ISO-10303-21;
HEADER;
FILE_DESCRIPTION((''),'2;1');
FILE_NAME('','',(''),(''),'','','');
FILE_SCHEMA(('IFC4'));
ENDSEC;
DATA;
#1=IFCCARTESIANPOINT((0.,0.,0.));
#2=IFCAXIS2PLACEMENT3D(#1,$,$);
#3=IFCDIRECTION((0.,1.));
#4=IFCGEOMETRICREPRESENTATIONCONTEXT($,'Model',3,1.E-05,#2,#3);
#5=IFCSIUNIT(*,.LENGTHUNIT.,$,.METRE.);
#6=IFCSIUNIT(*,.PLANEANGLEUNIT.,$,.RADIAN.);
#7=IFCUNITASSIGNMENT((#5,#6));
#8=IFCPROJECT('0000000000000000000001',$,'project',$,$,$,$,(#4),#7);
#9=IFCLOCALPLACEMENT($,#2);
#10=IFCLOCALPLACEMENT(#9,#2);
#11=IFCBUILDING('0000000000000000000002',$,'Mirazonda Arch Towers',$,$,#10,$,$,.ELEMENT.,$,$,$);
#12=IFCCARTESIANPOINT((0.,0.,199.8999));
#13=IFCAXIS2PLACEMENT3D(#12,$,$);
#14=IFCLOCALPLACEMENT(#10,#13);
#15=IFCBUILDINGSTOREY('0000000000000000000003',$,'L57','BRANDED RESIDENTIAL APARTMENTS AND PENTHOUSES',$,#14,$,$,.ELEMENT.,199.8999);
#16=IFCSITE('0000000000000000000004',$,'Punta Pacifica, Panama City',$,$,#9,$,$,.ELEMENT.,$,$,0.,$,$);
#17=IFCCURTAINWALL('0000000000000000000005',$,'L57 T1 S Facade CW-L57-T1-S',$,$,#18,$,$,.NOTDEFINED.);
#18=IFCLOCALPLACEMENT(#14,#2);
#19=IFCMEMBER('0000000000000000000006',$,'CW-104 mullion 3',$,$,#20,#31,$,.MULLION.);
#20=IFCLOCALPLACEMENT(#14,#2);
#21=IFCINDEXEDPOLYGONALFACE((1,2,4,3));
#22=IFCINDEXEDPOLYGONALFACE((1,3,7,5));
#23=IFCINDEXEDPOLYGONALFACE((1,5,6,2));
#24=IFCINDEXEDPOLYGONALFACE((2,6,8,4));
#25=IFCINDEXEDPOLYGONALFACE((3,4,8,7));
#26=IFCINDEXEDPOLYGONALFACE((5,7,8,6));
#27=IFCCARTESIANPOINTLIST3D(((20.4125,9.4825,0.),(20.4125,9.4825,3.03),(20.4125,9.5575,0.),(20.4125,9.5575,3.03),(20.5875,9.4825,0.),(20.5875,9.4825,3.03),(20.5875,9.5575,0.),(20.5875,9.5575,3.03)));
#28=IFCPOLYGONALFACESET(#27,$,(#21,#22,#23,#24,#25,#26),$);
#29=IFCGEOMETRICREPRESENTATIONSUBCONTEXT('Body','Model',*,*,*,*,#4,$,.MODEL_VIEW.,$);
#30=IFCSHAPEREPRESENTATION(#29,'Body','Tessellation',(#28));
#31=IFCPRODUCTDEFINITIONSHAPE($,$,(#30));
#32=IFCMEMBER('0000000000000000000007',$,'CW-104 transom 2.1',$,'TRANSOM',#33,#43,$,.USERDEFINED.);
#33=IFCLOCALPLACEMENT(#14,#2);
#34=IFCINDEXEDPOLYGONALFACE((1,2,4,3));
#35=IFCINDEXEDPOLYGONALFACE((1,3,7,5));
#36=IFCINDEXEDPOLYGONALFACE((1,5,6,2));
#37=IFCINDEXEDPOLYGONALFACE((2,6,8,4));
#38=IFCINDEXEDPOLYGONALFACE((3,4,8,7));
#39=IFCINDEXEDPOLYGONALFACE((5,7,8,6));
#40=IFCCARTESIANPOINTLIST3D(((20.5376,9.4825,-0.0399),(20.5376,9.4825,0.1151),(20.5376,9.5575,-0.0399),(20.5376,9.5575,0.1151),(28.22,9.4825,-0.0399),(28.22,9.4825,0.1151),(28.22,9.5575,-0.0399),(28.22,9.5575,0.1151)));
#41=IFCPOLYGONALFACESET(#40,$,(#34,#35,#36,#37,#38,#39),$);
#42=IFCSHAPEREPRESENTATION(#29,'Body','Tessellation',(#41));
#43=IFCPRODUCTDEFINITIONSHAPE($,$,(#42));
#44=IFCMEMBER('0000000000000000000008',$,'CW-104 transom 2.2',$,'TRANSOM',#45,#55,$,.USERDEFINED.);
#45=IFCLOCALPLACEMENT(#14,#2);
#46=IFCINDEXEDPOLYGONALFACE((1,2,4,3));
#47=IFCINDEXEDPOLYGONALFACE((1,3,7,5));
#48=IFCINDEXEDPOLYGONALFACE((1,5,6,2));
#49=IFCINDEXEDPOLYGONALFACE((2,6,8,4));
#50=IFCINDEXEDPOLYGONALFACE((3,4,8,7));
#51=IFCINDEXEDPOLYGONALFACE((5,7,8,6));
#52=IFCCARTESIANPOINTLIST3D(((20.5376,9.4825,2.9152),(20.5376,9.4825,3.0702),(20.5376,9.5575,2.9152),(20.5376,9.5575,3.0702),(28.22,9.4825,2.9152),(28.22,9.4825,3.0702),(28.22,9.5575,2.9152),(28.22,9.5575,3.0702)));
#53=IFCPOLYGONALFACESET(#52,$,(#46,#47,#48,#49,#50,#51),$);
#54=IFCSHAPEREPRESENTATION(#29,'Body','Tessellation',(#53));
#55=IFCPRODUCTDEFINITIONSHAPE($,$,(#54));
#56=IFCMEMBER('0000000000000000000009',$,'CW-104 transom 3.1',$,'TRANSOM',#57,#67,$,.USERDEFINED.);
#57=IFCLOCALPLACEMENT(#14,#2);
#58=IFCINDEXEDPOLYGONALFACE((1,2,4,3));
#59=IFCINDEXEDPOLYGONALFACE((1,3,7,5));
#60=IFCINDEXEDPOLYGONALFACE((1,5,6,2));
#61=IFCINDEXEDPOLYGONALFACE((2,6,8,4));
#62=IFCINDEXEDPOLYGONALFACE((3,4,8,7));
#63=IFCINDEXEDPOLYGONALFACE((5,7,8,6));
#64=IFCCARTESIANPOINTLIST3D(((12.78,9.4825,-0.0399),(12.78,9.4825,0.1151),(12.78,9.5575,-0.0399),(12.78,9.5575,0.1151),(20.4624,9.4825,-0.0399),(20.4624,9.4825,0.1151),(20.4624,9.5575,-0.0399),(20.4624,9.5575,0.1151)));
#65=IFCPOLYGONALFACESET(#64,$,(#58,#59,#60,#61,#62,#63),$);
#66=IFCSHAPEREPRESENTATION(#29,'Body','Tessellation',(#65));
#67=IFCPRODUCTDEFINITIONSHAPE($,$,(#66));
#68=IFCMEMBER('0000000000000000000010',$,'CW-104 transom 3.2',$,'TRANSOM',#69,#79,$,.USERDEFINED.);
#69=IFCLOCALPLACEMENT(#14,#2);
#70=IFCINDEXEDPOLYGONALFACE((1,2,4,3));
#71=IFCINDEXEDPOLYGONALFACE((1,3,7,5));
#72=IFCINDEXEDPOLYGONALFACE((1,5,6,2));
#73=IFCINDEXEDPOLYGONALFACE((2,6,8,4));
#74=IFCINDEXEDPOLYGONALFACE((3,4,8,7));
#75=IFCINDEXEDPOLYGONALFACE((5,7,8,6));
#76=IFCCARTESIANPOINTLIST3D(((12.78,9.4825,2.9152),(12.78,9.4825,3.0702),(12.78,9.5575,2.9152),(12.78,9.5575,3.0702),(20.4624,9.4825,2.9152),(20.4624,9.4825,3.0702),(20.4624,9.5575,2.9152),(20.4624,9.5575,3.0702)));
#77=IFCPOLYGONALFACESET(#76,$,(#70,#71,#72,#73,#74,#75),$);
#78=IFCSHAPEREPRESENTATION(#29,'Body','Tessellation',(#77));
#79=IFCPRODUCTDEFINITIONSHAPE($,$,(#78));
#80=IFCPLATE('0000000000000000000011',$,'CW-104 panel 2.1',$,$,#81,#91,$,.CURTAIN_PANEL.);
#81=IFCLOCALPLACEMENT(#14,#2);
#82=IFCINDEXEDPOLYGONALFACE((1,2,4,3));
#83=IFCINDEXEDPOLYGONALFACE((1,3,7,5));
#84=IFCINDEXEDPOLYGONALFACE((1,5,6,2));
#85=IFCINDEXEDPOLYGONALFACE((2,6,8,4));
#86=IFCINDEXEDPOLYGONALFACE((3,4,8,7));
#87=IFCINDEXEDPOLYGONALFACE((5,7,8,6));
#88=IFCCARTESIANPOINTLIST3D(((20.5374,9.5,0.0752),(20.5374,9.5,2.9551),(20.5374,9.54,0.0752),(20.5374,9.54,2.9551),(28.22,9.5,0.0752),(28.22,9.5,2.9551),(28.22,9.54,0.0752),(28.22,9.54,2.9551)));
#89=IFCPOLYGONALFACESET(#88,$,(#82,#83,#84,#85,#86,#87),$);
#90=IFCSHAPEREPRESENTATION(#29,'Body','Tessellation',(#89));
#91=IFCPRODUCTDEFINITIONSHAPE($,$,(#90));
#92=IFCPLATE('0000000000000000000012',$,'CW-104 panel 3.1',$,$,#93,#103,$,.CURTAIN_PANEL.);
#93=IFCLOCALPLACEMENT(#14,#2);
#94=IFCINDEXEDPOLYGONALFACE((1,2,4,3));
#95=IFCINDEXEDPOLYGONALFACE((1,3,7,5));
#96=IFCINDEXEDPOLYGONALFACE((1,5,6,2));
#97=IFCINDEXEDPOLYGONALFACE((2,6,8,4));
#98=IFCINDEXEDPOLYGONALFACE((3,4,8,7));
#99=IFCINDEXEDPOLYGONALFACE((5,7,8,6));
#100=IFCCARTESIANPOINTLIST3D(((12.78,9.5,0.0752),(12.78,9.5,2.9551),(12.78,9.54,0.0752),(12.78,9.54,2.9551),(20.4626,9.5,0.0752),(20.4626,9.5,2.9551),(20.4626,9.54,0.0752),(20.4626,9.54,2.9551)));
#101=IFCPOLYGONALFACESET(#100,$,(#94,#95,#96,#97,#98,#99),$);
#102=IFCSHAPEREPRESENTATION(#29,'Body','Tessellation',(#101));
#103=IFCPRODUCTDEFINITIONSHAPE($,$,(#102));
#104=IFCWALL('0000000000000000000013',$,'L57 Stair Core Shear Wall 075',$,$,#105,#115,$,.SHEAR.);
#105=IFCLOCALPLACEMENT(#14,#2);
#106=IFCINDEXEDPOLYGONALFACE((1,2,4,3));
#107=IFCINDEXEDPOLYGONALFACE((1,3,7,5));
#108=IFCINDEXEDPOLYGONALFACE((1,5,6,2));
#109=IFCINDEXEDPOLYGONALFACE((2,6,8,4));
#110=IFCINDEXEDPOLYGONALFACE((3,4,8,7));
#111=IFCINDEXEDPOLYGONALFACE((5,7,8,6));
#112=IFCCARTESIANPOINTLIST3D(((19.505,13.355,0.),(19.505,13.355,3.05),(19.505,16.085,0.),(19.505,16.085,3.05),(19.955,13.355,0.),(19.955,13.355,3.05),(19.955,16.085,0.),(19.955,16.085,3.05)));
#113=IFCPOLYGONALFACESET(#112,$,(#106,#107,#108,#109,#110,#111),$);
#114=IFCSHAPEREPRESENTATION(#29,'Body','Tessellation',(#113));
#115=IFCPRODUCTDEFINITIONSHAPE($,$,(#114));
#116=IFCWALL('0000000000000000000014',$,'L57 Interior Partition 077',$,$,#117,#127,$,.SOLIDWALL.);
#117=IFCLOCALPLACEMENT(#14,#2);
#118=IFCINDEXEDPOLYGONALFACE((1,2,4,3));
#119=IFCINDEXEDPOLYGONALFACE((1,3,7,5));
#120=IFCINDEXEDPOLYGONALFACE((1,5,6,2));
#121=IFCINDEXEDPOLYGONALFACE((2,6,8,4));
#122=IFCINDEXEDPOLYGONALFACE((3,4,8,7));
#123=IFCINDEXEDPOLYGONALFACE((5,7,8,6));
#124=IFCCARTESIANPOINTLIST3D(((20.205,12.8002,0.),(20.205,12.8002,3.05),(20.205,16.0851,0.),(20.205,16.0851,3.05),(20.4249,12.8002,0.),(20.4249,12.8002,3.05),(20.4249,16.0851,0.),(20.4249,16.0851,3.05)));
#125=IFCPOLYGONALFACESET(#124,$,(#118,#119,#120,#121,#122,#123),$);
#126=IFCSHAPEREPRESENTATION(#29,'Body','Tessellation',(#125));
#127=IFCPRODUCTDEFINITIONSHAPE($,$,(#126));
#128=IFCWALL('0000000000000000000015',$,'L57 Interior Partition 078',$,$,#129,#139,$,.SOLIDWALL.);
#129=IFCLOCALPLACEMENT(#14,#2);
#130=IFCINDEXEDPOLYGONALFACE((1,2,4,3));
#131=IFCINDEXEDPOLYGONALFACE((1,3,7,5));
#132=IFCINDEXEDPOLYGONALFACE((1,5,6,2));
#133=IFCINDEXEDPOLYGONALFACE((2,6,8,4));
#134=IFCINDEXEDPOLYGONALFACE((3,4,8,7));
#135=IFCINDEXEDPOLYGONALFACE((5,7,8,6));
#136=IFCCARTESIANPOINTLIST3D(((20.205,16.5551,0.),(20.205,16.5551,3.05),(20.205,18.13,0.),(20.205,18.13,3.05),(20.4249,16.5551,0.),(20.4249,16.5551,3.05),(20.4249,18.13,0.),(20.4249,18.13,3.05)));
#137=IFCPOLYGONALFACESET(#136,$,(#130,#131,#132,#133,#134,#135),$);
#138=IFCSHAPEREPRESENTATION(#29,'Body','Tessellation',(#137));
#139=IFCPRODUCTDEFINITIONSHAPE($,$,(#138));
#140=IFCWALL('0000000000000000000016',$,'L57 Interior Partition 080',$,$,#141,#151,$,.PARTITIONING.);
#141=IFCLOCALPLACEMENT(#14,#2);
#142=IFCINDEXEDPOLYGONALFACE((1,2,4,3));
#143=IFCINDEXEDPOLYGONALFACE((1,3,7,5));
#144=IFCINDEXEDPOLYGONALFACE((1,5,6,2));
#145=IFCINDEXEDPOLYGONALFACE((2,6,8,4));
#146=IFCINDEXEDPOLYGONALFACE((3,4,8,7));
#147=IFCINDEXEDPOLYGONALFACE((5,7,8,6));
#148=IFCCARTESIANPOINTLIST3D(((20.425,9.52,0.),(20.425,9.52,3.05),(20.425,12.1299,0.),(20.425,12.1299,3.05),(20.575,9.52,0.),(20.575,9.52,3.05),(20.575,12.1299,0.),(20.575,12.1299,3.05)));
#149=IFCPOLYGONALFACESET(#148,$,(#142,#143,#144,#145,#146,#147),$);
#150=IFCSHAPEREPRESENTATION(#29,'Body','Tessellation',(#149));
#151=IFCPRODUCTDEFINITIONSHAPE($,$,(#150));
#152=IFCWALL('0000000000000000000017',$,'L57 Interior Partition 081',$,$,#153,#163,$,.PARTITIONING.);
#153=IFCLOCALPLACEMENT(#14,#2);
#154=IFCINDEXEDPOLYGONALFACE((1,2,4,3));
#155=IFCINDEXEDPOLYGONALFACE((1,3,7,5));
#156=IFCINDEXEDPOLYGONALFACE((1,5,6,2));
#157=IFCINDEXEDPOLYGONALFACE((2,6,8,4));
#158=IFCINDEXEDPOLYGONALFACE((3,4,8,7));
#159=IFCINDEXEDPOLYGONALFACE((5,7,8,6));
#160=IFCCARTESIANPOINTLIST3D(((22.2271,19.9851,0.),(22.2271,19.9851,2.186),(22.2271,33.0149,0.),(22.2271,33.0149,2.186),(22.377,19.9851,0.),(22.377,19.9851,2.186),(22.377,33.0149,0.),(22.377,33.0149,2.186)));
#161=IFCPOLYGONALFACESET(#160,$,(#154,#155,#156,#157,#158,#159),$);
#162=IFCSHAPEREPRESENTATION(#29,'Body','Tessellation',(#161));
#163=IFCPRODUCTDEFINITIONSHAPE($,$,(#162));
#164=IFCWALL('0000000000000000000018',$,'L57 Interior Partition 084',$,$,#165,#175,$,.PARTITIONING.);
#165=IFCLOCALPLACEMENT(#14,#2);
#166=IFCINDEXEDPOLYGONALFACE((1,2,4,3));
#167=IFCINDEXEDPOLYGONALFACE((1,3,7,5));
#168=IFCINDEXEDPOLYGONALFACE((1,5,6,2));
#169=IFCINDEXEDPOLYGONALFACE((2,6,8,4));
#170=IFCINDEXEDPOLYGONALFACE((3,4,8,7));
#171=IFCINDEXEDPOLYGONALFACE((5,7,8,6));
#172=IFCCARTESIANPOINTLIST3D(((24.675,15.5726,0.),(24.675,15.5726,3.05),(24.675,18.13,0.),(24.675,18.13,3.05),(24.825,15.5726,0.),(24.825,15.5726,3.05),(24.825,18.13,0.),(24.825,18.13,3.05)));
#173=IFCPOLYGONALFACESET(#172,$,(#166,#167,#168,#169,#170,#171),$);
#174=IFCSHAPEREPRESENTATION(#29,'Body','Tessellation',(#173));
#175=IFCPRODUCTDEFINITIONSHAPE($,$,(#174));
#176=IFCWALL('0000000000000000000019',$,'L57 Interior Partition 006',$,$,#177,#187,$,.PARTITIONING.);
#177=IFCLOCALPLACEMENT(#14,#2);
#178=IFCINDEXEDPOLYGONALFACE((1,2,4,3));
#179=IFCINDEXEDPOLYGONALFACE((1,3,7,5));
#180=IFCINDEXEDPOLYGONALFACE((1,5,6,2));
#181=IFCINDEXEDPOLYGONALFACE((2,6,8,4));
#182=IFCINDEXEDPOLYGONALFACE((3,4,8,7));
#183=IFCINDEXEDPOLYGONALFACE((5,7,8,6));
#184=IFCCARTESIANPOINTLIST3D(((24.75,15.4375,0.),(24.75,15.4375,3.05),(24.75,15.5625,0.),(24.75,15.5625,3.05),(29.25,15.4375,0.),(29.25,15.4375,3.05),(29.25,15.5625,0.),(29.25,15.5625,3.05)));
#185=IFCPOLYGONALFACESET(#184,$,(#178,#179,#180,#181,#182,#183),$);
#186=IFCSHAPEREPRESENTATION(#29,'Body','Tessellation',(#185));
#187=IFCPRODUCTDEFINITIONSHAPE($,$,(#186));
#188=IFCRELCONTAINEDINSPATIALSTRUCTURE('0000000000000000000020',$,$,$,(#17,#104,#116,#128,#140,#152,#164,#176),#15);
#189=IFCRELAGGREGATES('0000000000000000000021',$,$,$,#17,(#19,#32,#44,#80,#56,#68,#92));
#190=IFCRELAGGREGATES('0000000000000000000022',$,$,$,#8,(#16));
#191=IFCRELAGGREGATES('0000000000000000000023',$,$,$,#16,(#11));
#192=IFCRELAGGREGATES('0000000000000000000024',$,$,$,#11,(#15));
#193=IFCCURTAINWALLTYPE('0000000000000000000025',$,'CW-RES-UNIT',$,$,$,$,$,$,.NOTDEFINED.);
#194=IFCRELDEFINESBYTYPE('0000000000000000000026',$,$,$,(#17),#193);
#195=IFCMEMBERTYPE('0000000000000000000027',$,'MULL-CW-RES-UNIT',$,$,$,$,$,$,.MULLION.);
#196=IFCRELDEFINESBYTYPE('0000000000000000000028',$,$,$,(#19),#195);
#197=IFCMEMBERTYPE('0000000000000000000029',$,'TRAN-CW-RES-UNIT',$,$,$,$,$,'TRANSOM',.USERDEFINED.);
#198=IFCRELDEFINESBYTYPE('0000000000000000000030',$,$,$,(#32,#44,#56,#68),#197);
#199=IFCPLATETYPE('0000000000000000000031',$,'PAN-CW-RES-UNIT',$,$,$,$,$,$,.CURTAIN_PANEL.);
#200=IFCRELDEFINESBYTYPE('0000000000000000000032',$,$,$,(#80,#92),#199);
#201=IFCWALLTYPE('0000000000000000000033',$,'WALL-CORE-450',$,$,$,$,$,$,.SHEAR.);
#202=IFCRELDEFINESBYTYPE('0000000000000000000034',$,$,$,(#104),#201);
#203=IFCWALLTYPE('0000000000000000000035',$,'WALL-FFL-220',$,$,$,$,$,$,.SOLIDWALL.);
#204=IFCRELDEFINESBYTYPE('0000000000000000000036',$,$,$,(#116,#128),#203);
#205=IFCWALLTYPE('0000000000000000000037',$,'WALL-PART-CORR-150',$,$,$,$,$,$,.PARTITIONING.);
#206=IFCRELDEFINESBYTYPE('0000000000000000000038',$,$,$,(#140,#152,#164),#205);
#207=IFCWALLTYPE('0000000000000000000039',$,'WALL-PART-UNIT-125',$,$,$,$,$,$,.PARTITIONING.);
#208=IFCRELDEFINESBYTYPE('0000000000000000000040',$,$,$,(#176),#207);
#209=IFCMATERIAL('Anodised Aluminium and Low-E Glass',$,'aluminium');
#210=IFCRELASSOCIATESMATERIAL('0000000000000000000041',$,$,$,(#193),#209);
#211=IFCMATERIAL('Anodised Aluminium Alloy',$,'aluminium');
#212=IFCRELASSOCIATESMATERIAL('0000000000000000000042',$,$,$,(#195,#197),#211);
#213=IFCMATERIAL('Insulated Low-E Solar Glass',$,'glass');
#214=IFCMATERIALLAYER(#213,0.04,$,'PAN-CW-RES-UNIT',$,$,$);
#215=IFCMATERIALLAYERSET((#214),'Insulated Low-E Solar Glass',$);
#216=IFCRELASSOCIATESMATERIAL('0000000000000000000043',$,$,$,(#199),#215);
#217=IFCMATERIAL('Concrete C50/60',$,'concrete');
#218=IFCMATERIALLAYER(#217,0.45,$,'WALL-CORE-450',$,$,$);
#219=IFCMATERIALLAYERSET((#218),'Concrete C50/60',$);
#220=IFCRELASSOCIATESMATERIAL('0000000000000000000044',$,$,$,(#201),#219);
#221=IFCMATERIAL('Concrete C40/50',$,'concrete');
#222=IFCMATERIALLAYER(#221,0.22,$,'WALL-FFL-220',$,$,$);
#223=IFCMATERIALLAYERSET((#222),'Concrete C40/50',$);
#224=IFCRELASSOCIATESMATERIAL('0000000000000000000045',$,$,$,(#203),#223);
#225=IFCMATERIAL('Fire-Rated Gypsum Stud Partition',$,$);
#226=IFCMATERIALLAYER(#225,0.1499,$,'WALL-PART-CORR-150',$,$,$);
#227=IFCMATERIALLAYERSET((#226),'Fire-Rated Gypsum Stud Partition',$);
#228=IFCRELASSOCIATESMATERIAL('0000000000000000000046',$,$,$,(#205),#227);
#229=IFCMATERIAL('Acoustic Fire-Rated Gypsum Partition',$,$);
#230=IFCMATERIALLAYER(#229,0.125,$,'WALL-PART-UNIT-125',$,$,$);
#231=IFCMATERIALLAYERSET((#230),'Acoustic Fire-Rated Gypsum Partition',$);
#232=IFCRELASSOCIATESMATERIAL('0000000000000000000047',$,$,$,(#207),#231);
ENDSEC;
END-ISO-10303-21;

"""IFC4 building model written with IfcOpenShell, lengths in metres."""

from ifc_helpers import new_model, si_unit, direction, frame, frame_2d, origin, origin_2d, place, context, subcontext, project, spatial, rectangle, extrude, material, layer, layer_set, material_profile, profile_set, type_object, element, aggregate, save


model = new_model("IFC4")

# Units and contexts
model_context = context("Model", 3, precision=1e-05, world=origin(), true_north=direction((0.0, 1.0)))
body_context = subcontext(model_context, "Body", "Model", "MODEL_VIEW")
ifc_project = project(units=[si_unit("LENGTHUNIT", "METRE"), si_unit("PLANEANGLEUNIT", "RADIAN")], contexts=[model_context])

# Site, building, storey
site_placement = place(None, origin())
site = spatial("IfcSite", under=ifc_project, at=site_placement, Name="Punta Pacifica, Panama City", CompositionType="ELEMENT", RefElevation=0.0)
building_placement = place(site_placement, origin())
building = spatial("IfcBuilding", under=site, at=building_placement, Name="Mirazonda Arch Towers", CompositionType="ELEMENT")
storey_placement = place(building_placement, frame((0.0, 0.0, 199.8999)))
storey = spatial("IfcBuildingStorey", under=building, at=storey_placement, Name="L57", Description="BRANDED RESIDENTIAL APARTMENTS AND PENTHOUSES", CompositionType="ELEMENT", Elevation=199.8999)

# Shared definitions
ifc_material_1 = material(Name="Concrete C50/60", Category="concrete")

# Curtain wall, members, plates
ifc_material_2 = material(Name="Anodised Aluminium and Low-E Glass", Category="aluminium")
curtain_wall_type = type_object("IfcCurtainWallType", Name="CW-RES-UNIT", PredefinedType="NOTDEFINED", material=ifc_material_2)
curtain_wall_placement = place(storey_placement, origin())
curtain_wall = element("IfcCurtainWall", 1, at=curtain_wall_placement, inside=storey, type_object=curtain_wall_type, Name="L57 T1 S Facade CW-L57-T1-S", PredefinedType="NOTDEFINED")
ifc_material_3 = material(Name="Anodised Aluminium Alloy", Category="aluminium")
ifc_material_profile_1 = material_profile(ifc_material_3, rectangle(XDim=0.075, YDim=0.175, at=origin_2d()), Name="ALU-MULL-75x175")
ifc_profile_set_1 = profile_set([ifc_material_profile_1], Name="Anodised Aluminium Alloy")
member_type_1 = type_object("IfcMemberType", Name="MULL-CW-RES-UNIT", PredefinedType="MULLION", material=ifc_profile_set_1)
member_1_placement = place(storey_placement, frame((20.5, 9.52, 0.0), z_axis=(0.0, 0.0, 1.0), x_axis=(0.0, -1.0, 0.0)))
member_1 = element("IfcMember", 2, at=member_1_placement, type_object=member_type_1, Name="CW-104 mullion 3", PredefinedType="MULLION", context=body_context, shape_type="SweptSolid", body=[
    extrude(rectangle(XDim=0.075, YDim=0.175, at=origin_2d()), origin(), (0.0, 0.0, 1.0), 3.03),
])
ifc_material_profile_2 = material_profile(ifc_material_3, rectangle(XDim=0.075, YDim=0.155, at=origin_2d()), Name="ALU-TRAN-75x155")
ifc_profile_set_2 = profile_set([ifc_material_profile_2], Name="Anodised Aluminium Alloy")
member_type_2 = type_object("IfcMemberType", Name="TRAN-CW-RES-UNIT", ElementType="TRANSOM", PredefinedType="USERDEFINED", material=ifc_profile_set_2)
member_2_placement = place(storey_placement, frame((28.22, 9.52, 0.0376), z_axis=(-1.0, 0.0, 0.0), x_axis=(0.0, -1.0, 0.0)))
member_2 = element("IfcMember", 3, at=member_2_placement, type_object=member_type_2, Name="CW-104 transom 2.1", ObjectType="TRANSOM", PredefinedType="USERDEFINED", context=body_context, shape_type="SweptSolid", body=[
    extrude(rectangle(XDim=0.075, YDim=0.155, at=origin_2d()), origin(), (0.0, 0.0, 1.0), 7.6824),
])
member_3_placement = place(storey_placement, frame((28.22, 9.52, 2.9927), z_axis=(-1.0, 0.0, 0.0), x_axis=(0.0, -1.0, 0.0)))
member_3 = element("IfcMember", 4, at=member_3_placement, type_object=member_type_2, Name="CW-104 transom 2.2", ObjectType="TRANSOM", PredefinedType="USERDEFINED", context=body_context, shape_type="SweptSolid", body=[
    extrude(rectangle(XDim=0.075, YDim=0.155, at=origin_2d()), origin(), (0.0, 0.0, 1.0), 7.6824),
])
member_4_placement = place(storey_placement, frame((20.4624, 9.52, 0.0376), z_axis=(-1.0, 0.0, 0.0), x_axis=(0.0, -1.0, 0.0)))
member_4 = element("IfcMember", 5, at=member_4_placement, type_object=member_type_2, Name="CW-104 transom 3.1", ObjectType="TRANSOM", PredefinedType="USERDEFINED", context=body_context, shape_type="SweptSolid", body=[
    extrude(rectangle(XDim=0.075, YDim=0.155, at=origin_2d()), origin(), (0.0, 0.0, 1.0), 7.6824),
])
member_5_placement = place(storey_placement, frame((20.4624, 9.52, 2.9927), z_axis=(-1.0, 0.0, 0.0), x_axis=(0.0, -1.0, 0.0)))
member_5 = element("IfcMember", 6, at=member_5_placement, type_object=member_type_2, Name="CW-104 transom 3.2", ObjectType="TRANSOM", PredefinedType="USERDEFINED", context=body_context, shape_type="SweptSolid", body=[
    extrude(rectangle(XDim=0.075, YDim=0.155, at=origin_2d()), origin(), (0.0, 0.0, 1.0), 7.6824),
])
ifc_material_4 = material(Name="Insulated Low-E Solar Glass", Category="glass")
ifc_layer_1 = layer(ifc_material_4, 0.04, Name="PAN-CW-RES-UNIT")
ifc_layer_set_1 = layer_set([ifc_layer_1], Name="Insulated Low-E Solar Glass")
plate_type = type_object("IfcPlateType", Name="PAN-CW-RES-UNIT", PredefinedType="CURTAIN_PANEL", material=ifc_layer_set_1)
plate_1_placement = place(storey_placement, frame((24.3787, 9.52, 0.0752), z_axis=(0.0, 0.0, 1.0), x_axis=(-1.0, 0.0, 0.0)))
plate_1 = element("IfcPlate", 7, at=plate_1_placement, type_object=plate_type, Name="CW-104 panel 2.1", PredefinedType="CURTAIN_PANEL", context=body_context, shape_type="SweptSolid", body=[
    extrude(rectangle(XDim=7.6826, YDim=0.04, at=origin_2d()), origin(), (0.0, 0.0, 1.0), 2.8799),
])
plate_2_placement = place(storey_placement, frame((16.6213, 9.52, 0.0752), z_axis=(0.0, 0.0, 1.0), x_axis=(-1.0, 0.0, 0.0)))
plate_2 = element("IfcPlate", 8, at=plate_2_placement, type_object=plate_type, Name="CW-104 panel 3.1", PredefinedType="CURTAIN_PANEL", context=body_context, shape_type="SweptSolid", body=[
    extrude(rectangle(XDim=7.6826, YDim=0.04, at=origin_2d()), origin(), (0.0, 0.0, 1.0), 2.8799),
])
aggregate(curtain_wall, [member_1, member_2, member_3, plate_1, member_4, member_5, plate_2])

# Walls
ifc_layer_2 = layer(ifc_material_1, 0.45, Name="WALL-CORE-450")
ifc_layer_set_2 = layer_set([ifc_layer_2], Name="Concrete C50/60")
wall_type_1 = type_object("IfcWallType", Name="WALL-CORE-450", PredefinedType="SHEAR", material=ifc_layer_set_2)
wall_1_placement = place(storey_placement, frame((19.73, 13.355, 0.0), z_axis=(0.0, 0.0, 1.0), x_axis=(0.0, 1.0, 0.0)))
element("IfcWall", 9, at=wall_1_placement, inside=storey, type_object=wall_type_1, Name="L57 Stair Core Shear Wall 075", PredefinedType="SHEAR", context=body_context, shape_type="SweptSolid", body=[
    extrude(rectangle(XDim=2.73, YDim=0.45, at=frame_2d((1.365, 0.0))), origin(), (0.0, 0.0, 1.0), 3.05),
])
ifc_material_5 = material(Name="Concrete C40/50", Category="concrete")
ifc_layer_3 = layer(ifc_material_5, 0.22, Name="WALL-FFL-220")
ifc_layer_set_3 = layer_set([ifc_layer_3], Name="Concrete C40/50")
wall_type_2 = type_object("IfcWallType", Name="WALL-FFL-220", PredefinedType="SOLIDWALL", material=ifc_layer_set_3)
wall_2_placement = place(storey_placement, frame((20.3149, 12.8, 0.0), z_axis=(0.0, 0.0, 1.0), x_axis=(0.0, 1.0, 0.0)))
element("IfcWall", 10, at=wall_2_placement, inside=storey, type_object=wall_type_2, Name="L57 Interior Partition 077", PredefinedType="SOLIDWALL", context=body_context, shape_type="SweptSolid", body=[
    extrude(rectangle(XDim=3.2849, YDim=0.22, at=frame_2d((1.6426, 0.0))), origin(), (0.0, 0.0, 1.0), 3.05),
])
wall_3_placement = place(storey_placement, frame((20.3149, 16.5549, 0.0), z_axis=(0.0, 0.0, 1.0), x_axis=(0.0, 1.0, 0.0)))
element("IfcWall", 11, at=wall_3_placement, inside=storey, type_object=wall_type_2, Name="L57 Interior Partition 078", PredefinedType="SOLIDWALL", context=body_context, shape_type="SweptSolid", body=[
    extrude(rectangle(XDim=1.575, YDim=0.22, at=frame_2d((0.7876, 0.0))), origin(), (0.0, 0.0, 1.0), 3.05),
])
ifc_material_6 = material(Name="Fire-Rated Gypsum Stud Partition")
ifc_layer_4 = layer(ifc_material_6, 0.1499, Name="WALL-PART-CORR-150")
ifc_layer_set_4 = layer_set([ifc_layer_4], Name="Fire-Rated Gypsum Stud Partition")
wall_type_3 = type_object("IfcWallType", Name="WALL-PART-CORR-150", PredefinedType="PARTITIONING", material=ifc_layer_set_4)
wall_4_placement = place(storey_placement, frame((20.5, 9.52, 0.0), z_axis=(0.0, 0.0, 1.0), x_axis=(0.0, 1.0, 0.0)))
element("IfcWall", 12, at=wall_4_placement, inside=storey, type_object=wall_type_3, Name="L57 Interior Partition 080", PredefinedType="PARTITIONING", context=body_context, shape_type="SweptSolid", body=[
    extrude(rectangle(XDim=2.6099, YDim=0.1499, at=frame_2d((1.3049, 0.0))), origin(), (0.0, 0.0, 1.0), 3.05),
])
wall_5_placement = place(storey_placement, frame((22.302, 19.9851, 0.0), z_axis=(0.0, 0.0, 1.0), x_axis=(0.0, 1.0, 0.0)))
element("IfcWall", 13, at=wall_5_placement, inside=storey, type_object=wall_type_3, Name="L57 Interior Partition 081", PredefinedType="PARTITIONING", context=body_context, shape_type="SweptSolid", body=[
    extrude(rectangle(XDim=13.0298, YDim=0.1499, at=frame_2d((6.5149, 0.0))), origin(), (0.0, 0.0, 1.0), 2.186),
])

# Walls
wall_6_placement = place(storey_placement, frame((24.75, 15.5725, 0.0), z_axis=(0.0, 0.0, 1.0), x_axis=(0.0, 1.0, 0.0)))
element("IfcWall", 14, at=wall_6_placement, inside=storey, type_object=wall_type_3, Name="L57 Interior Partition 084", PredefinedType="PARTITIONING", context=body_context, shape_type="SweptSolid", body=[
    extrude(rectangle(XDim=2.5574, YDim=0.1499, at=frame_2d((1.2788, 0.0))), origin(), (0.0, 0.0, 1.0), 3.05),
])
ifc_material_7 = material(Name="Acoustic Fire-Rated Gypsum Partition")
ifc_layer_5 = layer(ifc_material_7, 0.125, Name="WALL-PART-UNIT-125")
ifc_layer_set_5 = layer_set([ifc_layer_5], Name="Acoustic Fire-Rated Gypsum Partition")
wall_type_4 = type_object("IfcWallType", Name="WALL-PART-UNIT-125", PredefinedType="PARTITIONING", material=ifc_layer_set_5)
wall_7_placement = place(storey_placement, frame((24.75, 15.5, 0.0), z_axis=(0.0, 0.0, 1.0), x_axis=(1.0, 0.0, 0.0)))
element("IfcWall", 15, at=wall_7_placement, inside=storey, type_object=wall_type_4, Name="L57 Interior Partition 006", PredefinedType="PARTITIONING", context=body_context, shape_type="SweptSolid", body=[
    extrude(rectangle(XDim=4.5, YDim=0.125, at=frame_2d((2.25, 0.0))), origin(), (0.0, 0.0, 1.0), 3.05),
])

save(model, "model.ifc")
